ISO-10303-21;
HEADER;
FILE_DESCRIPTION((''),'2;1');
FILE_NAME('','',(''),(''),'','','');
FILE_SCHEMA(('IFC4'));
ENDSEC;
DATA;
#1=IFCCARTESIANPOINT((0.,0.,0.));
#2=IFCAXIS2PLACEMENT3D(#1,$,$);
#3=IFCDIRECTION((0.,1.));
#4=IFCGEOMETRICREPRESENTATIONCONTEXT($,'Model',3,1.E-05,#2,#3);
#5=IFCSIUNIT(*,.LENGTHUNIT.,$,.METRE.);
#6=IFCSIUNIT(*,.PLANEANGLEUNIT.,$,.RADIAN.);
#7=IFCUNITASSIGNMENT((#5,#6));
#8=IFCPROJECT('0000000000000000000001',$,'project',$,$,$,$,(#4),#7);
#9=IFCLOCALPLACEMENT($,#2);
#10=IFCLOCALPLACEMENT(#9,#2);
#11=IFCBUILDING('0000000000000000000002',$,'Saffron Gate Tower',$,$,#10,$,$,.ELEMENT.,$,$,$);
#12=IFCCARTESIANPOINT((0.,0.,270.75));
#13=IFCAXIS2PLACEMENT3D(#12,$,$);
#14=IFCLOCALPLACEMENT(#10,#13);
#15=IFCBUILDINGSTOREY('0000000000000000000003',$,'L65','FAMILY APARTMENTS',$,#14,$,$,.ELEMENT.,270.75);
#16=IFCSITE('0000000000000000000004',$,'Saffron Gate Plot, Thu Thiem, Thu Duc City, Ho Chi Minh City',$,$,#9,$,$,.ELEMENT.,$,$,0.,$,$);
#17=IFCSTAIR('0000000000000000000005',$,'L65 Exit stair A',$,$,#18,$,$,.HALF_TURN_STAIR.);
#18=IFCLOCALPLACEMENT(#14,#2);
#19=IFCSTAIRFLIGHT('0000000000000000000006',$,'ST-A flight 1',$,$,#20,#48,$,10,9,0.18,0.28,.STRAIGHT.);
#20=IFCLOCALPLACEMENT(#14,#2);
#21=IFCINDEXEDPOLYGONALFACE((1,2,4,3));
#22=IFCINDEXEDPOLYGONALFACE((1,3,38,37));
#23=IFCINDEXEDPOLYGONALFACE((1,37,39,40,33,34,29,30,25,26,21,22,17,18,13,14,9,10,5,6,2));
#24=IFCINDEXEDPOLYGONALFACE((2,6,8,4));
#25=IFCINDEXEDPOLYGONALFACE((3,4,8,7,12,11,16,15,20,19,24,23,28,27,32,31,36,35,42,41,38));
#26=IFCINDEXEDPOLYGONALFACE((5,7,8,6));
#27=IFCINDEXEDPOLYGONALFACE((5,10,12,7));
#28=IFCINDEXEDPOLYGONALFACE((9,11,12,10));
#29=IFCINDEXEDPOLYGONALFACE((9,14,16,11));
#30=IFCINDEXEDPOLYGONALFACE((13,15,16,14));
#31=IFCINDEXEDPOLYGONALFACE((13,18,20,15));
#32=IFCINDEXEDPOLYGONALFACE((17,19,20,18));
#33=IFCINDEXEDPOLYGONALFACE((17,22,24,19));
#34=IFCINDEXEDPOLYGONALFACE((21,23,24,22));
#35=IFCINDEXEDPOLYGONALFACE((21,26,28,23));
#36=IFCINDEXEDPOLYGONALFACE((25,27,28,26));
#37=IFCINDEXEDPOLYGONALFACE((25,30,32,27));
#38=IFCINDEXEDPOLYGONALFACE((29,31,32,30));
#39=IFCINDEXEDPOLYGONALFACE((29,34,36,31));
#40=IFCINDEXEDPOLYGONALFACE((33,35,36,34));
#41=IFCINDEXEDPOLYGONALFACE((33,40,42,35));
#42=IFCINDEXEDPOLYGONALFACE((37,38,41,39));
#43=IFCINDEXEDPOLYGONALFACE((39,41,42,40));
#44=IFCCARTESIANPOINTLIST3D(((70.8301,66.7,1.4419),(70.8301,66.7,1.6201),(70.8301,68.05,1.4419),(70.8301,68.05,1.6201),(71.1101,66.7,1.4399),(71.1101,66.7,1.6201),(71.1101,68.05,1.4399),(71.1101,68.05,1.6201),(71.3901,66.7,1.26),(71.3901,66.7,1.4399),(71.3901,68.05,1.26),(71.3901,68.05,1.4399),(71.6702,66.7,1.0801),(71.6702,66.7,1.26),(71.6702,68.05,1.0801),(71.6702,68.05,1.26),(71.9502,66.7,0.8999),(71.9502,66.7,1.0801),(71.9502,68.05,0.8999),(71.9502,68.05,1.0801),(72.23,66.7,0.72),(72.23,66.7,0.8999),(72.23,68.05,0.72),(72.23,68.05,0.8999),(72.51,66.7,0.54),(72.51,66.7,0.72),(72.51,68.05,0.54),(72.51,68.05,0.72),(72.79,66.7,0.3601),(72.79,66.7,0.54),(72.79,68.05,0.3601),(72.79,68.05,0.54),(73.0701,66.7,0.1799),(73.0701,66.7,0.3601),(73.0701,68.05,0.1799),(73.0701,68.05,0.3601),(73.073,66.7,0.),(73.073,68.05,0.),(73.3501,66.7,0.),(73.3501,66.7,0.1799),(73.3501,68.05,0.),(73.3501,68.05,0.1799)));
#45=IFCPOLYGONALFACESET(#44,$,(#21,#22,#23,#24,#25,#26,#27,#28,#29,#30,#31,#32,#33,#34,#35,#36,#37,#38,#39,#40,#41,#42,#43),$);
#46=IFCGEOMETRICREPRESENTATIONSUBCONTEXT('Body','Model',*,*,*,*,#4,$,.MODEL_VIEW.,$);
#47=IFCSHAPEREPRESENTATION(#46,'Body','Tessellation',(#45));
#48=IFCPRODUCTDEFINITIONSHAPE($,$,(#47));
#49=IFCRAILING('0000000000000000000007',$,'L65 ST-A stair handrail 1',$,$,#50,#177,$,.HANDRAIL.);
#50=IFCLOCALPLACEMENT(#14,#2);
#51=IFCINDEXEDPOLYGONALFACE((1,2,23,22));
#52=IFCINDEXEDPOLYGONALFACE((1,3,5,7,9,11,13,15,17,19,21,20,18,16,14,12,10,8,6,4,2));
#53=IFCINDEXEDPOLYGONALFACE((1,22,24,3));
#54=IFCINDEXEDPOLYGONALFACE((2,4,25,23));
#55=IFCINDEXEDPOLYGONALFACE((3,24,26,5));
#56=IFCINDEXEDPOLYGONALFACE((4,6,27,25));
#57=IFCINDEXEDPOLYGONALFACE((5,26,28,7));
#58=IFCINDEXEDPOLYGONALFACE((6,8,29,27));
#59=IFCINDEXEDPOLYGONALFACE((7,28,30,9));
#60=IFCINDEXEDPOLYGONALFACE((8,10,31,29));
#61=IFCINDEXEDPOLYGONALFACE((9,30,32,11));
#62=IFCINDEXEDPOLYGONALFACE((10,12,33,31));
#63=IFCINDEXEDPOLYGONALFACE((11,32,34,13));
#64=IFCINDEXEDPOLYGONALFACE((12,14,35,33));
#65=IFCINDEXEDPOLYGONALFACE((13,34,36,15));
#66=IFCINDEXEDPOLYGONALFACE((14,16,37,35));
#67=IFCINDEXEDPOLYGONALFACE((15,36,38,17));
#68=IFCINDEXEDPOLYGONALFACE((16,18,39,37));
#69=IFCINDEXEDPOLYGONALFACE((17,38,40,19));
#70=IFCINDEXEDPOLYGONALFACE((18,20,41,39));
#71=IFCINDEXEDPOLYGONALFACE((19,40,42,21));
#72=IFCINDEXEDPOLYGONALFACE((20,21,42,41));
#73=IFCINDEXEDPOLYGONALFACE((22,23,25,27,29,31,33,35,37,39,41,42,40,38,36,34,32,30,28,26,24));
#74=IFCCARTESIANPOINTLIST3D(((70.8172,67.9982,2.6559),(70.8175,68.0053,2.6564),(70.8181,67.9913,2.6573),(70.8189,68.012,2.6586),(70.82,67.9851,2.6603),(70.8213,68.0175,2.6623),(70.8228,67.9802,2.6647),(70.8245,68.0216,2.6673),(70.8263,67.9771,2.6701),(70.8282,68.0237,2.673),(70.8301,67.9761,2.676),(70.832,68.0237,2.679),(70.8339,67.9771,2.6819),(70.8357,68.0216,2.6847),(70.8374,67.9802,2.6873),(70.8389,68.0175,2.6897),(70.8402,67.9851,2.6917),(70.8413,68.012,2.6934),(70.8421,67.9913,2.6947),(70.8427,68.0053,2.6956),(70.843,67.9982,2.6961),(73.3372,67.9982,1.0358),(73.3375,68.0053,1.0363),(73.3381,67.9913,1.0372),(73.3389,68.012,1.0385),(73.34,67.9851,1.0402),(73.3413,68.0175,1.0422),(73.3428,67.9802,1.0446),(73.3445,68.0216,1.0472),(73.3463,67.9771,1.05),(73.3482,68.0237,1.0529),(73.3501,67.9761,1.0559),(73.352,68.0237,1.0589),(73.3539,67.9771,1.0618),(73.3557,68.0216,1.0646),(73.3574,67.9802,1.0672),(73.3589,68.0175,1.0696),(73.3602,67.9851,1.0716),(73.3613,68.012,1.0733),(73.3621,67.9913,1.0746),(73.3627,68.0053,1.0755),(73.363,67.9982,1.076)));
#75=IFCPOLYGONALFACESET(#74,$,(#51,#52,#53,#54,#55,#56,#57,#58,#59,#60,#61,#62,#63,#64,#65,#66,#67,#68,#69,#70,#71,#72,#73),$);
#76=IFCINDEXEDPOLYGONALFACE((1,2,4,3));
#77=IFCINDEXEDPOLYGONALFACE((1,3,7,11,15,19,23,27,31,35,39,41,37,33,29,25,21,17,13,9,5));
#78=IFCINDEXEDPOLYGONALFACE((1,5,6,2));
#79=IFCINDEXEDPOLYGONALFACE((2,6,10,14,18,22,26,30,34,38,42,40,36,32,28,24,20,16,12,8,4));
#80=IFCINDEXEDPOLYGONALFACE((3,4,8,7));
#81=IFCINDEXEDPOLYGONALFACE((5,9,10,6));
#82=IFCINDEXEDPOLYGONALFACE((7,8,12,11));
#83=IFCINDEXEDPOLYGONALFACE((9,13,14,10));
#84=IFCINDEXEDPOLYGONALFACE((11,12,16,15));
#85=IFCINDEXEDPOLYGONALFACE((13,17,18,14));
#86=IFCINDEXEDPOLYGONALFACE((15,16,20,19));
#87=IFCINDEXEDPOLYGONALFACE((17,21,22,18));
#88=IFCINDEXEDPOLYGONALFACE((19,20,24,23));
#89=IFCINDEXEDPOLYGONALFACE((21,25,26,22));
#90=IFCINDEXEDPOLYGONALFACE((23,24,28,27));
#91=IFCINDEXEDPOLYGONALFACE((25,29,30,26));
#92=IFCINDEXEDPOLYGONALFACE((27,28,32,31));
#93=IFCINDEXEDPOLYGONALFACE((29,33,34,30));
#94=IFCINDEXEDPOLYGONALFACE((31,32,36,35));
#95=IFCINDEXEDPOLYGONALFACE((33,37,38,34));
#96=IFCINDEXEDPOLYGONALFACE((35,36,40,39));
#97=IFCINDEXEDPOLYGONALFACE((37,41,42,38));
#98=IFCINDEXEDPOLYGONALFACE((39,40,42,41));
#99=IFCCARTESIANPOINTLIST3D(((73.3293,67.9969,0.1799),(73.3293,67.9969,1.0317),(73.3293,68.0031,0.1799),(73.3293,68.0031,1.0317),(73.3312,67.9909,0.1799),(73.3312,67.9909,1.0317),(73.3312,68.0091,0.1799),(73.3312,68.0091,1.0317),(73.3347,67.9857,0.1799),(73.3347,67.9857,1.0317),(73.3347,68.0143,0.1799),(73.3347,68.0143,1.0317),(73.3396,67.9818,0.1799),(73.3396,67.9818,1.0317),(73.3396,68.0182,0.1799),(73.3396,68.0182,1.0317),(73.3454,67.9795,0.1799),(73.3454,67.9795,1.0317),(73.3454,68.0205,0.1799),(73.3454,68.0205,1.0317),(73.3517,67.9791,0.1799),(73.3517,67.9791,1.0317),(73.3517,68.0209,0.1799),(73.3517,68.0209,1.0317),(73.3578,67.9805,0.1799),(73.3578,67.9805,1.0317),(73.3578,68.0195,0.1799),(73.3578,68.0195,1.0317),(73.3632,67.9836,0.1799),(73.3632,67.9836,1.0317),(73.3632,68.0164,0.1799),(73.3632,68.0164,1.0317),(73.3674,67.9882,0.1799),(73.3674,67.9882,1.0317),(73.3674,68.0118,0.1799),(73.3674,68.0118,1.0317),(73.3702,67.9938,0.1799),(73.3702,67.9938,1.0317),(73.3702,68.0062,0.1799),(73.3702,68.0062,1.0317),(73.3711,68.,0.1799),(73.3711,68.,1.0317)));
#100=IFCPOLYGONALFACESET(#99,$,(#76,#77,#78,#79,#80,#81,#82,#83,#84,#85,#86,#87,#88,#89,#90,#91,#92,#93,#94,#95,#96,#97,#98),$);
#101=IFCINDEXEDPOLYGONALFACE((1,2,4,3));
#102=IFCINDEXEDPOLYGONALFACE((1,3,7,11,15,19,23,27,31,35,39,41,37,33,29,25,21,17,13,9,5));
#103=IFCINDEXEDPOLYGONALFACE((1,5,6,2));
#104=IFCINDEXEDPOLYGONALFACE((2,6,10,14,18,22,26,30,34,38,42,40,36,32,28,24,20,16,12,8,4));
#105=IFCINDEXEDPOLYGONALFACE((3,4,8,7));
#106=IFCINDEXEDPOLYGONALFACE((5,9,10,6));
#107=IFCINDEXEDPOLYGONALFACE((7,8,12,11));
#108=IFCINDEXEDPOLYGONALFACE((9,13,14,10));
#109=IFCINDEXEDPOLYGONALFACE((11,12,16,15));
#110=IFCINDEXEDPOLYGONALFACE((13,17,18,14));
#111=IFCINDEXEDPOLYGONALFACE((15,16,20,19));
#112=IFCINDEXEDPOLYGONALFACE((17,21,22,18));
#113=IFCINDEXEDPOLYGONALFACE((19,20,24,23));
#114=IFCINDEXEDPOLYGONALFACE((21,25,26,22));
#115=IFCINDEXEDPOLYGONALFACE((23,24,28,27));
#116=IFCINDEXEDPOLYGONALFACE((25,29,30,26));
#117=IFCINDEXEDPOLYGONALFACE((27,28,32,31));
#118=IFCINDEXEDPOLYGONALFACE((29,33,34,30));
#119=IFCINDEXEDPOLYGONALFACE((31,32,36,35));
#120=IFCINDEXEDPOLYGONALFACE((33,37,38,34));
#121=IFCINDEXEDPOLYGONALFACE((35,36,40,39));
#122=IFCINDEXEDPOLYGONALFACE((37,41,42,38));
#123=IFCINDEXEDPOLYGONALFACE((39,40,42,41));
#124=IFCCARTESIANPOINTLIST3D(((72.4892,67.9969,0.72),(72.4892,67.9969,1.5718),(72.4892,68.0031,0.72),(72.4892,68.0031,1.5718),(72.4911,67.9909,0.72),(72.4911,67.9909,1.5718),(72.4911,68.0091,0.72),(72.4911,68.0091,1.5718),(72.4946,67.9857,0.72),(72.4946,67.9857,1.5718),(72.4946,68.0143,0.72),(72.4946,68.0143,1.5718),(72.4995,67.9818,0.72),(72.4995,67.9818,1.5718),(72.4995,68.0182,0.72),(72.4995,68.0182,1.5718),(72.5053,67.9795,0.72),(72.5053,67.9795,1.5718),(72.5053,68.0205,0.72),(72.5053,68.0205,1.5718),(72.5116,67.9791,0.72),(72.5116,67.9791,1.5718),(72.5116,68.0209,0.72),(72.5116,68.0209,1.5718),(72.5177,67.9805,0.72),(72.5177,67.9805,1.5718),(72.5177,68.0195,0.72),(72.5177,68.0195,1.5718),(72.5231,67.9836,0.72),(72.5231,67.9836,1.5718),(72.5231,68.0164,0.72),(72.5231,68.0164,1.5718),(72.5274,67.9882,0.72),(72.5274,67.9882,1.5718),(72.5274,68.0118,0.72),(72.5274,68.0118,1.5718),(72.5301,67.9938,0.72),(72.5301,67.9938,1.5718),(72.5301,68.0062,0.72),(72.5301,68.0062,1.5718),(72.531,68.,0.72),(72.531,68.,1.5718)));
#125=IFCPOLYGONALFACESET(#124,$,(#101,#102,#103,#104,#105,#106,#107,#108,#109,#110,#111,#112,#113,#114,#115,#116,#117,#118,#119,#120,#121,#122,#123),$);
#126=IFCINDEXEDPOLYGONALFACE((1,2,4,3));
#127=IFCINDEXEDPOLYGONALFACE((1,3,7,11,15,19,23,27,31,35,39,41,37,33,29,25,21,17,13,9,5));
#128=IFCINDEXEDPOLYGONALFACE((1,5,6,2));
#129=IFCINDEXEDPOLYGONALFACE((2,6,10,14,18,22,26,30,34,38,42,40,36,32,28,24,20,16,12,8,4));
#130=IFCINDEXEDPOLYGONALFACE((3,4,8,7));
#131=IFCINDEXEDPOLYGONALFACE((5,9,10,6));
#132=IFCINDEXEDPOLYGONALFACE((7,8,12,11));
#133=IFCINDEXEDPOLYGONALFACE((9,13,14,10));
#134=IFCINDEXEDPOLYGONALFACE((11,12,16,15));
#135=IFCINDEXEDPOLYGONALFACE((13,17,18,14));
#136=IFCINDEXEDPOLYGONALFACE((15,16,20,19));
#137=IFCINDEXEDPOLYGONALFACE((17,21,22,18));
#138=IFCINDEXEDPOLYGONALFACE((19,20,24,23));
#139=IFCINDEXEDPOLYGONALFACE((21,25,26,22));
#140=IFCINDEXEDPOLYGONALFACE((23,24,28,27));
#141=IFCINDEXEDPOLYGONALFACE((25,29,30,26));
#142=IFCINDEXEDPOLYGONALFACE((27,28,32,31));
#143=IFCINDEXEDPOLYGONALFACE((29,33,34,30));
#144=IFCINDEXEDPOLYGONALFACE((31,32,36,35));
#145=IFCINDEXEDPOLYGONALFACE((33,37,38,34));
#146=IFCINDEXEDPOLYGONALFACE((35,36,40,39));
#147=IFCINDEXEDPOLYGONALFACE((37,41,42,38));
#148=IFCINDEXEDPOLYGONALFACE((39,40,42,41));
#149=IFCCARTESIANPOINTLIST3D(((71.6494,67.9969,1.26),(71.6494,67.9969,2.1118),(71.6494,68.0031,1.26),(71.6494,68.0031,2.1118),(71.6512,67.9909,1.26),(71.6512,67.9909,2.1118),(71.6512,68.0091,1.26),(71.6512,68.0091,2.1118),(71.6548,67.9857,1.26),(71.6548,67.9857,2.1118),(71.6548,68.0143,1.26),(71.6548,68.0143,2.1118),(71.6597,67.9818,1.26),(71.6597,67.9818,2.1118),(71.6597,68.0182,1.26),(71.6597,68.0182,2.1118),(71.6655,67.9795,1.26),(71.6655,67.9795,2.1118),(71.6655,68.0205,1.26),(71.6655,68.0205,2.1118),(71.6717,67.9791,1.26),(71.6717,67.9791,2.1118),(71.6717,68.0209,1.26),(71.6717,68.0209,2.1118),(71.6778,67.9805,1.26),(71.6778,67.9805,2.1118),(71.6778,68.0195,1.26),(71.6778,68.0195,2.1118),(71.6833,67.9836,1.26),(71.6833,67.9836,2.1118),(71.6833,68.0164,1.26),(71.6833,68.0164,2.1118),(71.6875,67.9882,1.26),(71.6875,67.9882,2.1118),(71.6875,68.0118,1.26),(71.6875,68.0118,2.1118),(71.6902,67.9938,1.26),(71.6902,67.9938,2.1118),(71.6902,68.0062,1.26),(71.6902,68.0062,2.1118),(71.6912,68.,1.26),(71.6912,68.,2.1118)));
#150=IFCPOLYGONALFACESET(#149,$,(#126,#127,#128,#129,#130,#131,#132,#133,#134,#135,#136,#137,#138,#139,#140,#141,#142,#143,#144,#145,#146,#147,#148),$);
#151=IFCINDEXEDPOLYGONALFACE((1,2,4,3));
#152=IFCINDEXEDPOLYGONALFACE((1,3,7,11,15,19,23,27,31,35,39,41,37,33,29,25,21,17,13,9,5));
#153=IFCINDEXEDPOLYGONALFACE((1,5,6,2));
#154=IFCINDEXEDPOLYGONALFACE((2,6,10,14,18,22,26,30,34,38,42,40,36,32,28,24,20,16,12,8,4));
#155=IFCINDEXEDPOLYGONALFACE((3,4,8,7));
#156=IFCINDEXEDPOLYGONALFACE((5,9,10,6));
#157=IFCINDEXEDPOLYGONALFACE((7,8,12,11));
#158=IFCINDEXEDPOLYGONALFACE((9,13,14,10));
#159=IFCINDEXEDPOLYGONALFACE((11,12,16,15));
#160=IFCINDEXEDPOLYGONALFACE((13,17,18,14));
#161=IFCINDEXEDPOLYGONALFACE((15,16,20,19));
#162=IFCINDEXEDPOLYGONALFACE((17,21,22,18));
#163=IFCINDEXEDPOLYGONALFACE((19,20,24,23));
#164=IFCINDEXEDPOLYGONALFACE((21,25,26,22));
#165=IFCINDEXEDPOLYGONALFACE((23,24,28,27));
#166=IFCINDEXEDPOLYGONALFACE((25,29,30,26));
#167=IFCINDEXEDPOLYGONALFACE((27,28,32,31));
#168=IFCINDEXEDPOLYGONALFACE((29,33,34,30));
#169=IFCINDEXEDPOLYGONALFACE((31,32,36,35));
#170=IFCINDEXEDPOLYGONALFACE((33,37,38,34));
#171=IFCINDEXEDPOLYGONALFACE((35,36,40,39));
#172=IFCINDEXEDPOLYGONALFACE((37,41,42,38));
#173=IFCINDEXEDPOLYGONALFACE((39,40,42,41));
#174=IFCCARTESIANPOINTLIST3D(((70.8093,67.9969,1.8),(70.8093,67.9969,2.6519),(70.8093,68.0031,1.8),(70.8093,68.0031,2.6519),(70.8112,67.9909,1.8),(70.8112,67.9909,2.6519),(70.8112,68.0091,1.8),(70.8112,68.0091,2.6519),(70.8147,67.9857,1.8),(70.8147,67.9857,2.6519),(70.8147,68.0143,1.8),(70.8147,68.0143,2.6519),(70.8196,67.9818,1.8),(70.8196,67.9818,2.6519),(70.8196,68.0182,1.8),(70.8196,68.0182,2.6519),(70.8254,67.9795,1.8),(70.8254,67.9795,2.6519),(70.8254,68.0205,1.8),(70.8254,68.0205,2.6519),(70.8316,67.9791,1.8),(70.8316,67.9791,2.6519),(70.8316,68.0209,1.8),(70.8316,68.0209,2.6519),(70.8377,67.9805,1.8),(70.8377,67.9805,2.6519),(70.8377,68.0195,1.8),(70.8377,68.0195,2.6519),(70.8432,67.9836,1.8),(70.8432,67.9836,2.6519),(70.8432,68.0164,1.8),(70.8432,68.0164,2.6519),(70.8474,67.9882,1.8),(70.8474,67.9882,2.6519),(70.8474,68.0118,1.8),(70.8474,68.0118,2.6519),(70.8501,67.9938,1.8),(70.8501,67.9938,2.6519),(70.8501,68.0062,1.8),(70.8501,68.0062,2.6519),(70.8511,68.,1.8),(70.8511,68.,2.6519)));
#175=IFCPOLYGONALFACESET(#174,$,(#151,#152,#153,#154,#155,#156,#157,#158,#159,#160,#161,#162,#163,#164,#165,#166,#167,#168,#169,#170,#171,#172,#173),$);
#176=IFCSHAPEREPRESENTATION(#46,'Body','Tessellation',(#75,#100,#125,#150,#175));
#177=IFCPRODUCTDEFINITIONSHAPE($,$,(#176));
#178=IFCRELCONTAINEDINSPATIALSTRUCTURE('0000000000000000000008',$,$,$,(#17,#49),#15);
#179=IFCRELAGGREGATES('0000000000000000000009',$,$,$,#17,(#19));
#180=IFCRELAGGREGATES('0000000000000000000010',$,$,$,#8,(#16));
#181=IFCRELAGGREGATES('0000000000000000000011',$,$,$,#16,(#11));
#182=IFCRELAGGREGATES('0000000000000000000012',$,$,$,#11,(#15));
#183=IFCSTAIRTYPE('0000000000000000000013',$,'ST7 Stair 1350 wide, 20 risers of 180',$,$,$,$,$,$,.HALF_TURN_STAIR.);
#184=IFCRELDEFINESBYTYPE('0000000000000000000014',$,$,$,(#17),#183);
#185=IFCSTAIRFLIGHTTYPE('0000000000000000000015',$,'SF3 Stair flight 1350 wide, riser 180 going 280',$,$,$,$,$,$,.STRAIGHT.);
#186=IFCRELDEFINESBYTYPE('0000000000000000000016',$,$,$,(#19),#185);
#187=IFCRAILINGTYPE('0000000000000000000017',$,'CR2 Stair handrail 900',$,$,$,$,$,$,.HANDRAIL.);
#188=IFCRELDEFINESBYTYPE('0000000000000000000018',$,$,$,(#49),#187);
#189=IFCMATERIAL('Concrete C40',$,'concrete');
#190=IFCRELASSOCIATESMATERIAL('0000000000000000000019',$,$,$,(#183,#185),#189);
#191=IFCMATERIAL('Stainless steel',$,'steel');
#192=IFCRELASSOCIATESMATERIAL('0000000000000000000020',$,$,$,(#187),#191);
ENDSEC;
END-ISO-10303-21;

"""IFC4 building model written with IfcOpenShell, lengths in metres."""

from ifc_helpers import new_model, si_unit, direction, frame, origin, origin_2d, place, context, subcontext, project, spatial, polyline, circle, outline, extrude, material, type_object, element, aggregate, save


model = new_model("IFC4")

# Units and contexts
model_context = context("Model", 3, precision=1e-05, world=origin(), true_north=direction((0.0, 1.0)))
body_context = subcontext(model_context, "Body", "Model", "MODEL_VIEW")
ifc_project = project(units=[si_unit("LENGTHUNIT", "METRE"), si_unit("PLANEANGLEUNIT", "RADIAN")], contexts=[model_context])

# Site, building, storey
site_placement = place(None, origin())
site = spatial("IfcSite", under=ifc_project, at=site_placement, Name="Saffron Gate Plot, Thu Thiem, Thu Duc City, Ho Chi Minh City", CompositionType="ELEMENT", RefElevation=0.0)
building_placement = place(site_placement, origin())
building = spatial("IfcBuilding", under=site, at=building_placement, Name="Saffron Gate Tower", CompositionType="ELEMENT")
storey_placement = place(building_placement, frame((0.0, 0.0, 270.75)))
storey = spatial("IfcBuildingStorey", under=building, at=storey_placement, Name="L65", Description="FAMILY APARTMENTS", CompositionType="ELEMENT", Elevation=270.75)

# Stair, stair flight
ifc_material_1 = material(Name="Concrete C40", Category="concrete")
stair_type = type_object("IfcStairType", Name="ST7 Stair 1350 wide, 20 risers of 180", PredefinedType="HALF_TURN_STAIR", material=ifc_material_1)
stair_placement = place(storey_placement, origin())
stair = element("IfcStair", 1, at=stair_placement, inside=storey, type_object=stair_type, Name="L65 Exit stair A", PredefinedType="HALF_TURN_STAIR")
stair_flight_type = type_object("IfcStairFlightType", Name="SF3 Stair flight 1350 wide, riser 180 going 280", PredefinedType="STRAIGHT", material=ifc_material_1)
stair_flight_placement = place(storey_placement, frame((73.3501, 67.375, 0.0), z_axis=(0.0, 0.0, 1.0), x_axis=(-1.0, 0.0, 0.0)))
stair_flight = element("IfcStairFlight", 2, at=stair_flight_placement, type_object=stair_flight_type, Name="ST-A flight 1", NumberOfRisers=10, NumberOfTreads=9, PredefinedType="STRAIGHT", RiserHeight=0.18, TreadLength=0.28, context=body_context, shape_type="SweptSolid", body=[
    extrude(outline(polyline([(0.0, 0.0), (0.0, 0.1799), (0.28, 0.1799), (0.28, 0.3601), (0.5601, 0.3601), (0.5601, 0.54), (0.8401, 0.54), (0.8401, 0.72), (1.1201, 0.72), (1.1201, 0.8999), (1.3999, 0.8999), (1.3999, 1.0801), (1.6799, 1.0801), (1.6799, 1.26), (1.96, 1.26), (1.96, 1.4399), (2.24, 1.4399), (2.24, 1.6201), (2.52, 1.6201), (2.52, 1.8), (2.52, 1.4419), (0.2771, 0.0), (0.0, 0.0)])), frame((0.0, 0.675, 0.0), z_axis=(0.0, -1.0, 0.0), x_axis=(1.0, 0.0, 0.0)), (0.0, 0.0, 1.0), 1.3501),
])
aggregate(stair, [stair_flight])

# Railing
ifc_material_2 = material(Name="Stainless steel", Category="steel")
railing_type_1 = type_object("IfcRailingType", Name="CR2 Stair handrail 900", PredefinedType="HANDRAIL", material=ifc_material_2)
railing_1_placement = place(storey_placement, frame((73.3501, 68.0, 0.1799)))
element("IfcRailing", 3, at=railing_1_placement, inside=storey, type_object=railing_type_1, Name="L65 ST-A stair handrail 1", PredefinedType="HANDRAIL", context=body_context, shape_type="SweptSolid", body=[
    extrude(circle(Radius=0.0239, at=origin_2d()), frame((0.0, 0.0, 0.876), z_axis=(-0.841163, 0.0, 0.540782), x_axis=(0.0, -1.0, 0.0)), (0.0, 0.0, 1.0), 2.9958),
    extrude(circle(Radius=0.021, at=origin_2d()), origin(), (0.0, 0.0, 1.0), 0.8518),
    extrude(circle(Radius=0.021, at=origin_2d()), frame((-0.8401, 0.0, 0.54)), (0.0, 0.0, 1.0), 0.8518),
    extrude(circle(Radius=0.021, at=origin_2d()), frame((-1.6799, 0.0, 1.0801)), (0.0, 0.0, 1.0), 0.8518),
    extrude(circle(Radius=0.021, at=origin_2d()), frame((-2.52, 0.0, 1.6201)), (0.0, 0.0, 1.0), 0.8518),
])

save(model, "model.ifc")
